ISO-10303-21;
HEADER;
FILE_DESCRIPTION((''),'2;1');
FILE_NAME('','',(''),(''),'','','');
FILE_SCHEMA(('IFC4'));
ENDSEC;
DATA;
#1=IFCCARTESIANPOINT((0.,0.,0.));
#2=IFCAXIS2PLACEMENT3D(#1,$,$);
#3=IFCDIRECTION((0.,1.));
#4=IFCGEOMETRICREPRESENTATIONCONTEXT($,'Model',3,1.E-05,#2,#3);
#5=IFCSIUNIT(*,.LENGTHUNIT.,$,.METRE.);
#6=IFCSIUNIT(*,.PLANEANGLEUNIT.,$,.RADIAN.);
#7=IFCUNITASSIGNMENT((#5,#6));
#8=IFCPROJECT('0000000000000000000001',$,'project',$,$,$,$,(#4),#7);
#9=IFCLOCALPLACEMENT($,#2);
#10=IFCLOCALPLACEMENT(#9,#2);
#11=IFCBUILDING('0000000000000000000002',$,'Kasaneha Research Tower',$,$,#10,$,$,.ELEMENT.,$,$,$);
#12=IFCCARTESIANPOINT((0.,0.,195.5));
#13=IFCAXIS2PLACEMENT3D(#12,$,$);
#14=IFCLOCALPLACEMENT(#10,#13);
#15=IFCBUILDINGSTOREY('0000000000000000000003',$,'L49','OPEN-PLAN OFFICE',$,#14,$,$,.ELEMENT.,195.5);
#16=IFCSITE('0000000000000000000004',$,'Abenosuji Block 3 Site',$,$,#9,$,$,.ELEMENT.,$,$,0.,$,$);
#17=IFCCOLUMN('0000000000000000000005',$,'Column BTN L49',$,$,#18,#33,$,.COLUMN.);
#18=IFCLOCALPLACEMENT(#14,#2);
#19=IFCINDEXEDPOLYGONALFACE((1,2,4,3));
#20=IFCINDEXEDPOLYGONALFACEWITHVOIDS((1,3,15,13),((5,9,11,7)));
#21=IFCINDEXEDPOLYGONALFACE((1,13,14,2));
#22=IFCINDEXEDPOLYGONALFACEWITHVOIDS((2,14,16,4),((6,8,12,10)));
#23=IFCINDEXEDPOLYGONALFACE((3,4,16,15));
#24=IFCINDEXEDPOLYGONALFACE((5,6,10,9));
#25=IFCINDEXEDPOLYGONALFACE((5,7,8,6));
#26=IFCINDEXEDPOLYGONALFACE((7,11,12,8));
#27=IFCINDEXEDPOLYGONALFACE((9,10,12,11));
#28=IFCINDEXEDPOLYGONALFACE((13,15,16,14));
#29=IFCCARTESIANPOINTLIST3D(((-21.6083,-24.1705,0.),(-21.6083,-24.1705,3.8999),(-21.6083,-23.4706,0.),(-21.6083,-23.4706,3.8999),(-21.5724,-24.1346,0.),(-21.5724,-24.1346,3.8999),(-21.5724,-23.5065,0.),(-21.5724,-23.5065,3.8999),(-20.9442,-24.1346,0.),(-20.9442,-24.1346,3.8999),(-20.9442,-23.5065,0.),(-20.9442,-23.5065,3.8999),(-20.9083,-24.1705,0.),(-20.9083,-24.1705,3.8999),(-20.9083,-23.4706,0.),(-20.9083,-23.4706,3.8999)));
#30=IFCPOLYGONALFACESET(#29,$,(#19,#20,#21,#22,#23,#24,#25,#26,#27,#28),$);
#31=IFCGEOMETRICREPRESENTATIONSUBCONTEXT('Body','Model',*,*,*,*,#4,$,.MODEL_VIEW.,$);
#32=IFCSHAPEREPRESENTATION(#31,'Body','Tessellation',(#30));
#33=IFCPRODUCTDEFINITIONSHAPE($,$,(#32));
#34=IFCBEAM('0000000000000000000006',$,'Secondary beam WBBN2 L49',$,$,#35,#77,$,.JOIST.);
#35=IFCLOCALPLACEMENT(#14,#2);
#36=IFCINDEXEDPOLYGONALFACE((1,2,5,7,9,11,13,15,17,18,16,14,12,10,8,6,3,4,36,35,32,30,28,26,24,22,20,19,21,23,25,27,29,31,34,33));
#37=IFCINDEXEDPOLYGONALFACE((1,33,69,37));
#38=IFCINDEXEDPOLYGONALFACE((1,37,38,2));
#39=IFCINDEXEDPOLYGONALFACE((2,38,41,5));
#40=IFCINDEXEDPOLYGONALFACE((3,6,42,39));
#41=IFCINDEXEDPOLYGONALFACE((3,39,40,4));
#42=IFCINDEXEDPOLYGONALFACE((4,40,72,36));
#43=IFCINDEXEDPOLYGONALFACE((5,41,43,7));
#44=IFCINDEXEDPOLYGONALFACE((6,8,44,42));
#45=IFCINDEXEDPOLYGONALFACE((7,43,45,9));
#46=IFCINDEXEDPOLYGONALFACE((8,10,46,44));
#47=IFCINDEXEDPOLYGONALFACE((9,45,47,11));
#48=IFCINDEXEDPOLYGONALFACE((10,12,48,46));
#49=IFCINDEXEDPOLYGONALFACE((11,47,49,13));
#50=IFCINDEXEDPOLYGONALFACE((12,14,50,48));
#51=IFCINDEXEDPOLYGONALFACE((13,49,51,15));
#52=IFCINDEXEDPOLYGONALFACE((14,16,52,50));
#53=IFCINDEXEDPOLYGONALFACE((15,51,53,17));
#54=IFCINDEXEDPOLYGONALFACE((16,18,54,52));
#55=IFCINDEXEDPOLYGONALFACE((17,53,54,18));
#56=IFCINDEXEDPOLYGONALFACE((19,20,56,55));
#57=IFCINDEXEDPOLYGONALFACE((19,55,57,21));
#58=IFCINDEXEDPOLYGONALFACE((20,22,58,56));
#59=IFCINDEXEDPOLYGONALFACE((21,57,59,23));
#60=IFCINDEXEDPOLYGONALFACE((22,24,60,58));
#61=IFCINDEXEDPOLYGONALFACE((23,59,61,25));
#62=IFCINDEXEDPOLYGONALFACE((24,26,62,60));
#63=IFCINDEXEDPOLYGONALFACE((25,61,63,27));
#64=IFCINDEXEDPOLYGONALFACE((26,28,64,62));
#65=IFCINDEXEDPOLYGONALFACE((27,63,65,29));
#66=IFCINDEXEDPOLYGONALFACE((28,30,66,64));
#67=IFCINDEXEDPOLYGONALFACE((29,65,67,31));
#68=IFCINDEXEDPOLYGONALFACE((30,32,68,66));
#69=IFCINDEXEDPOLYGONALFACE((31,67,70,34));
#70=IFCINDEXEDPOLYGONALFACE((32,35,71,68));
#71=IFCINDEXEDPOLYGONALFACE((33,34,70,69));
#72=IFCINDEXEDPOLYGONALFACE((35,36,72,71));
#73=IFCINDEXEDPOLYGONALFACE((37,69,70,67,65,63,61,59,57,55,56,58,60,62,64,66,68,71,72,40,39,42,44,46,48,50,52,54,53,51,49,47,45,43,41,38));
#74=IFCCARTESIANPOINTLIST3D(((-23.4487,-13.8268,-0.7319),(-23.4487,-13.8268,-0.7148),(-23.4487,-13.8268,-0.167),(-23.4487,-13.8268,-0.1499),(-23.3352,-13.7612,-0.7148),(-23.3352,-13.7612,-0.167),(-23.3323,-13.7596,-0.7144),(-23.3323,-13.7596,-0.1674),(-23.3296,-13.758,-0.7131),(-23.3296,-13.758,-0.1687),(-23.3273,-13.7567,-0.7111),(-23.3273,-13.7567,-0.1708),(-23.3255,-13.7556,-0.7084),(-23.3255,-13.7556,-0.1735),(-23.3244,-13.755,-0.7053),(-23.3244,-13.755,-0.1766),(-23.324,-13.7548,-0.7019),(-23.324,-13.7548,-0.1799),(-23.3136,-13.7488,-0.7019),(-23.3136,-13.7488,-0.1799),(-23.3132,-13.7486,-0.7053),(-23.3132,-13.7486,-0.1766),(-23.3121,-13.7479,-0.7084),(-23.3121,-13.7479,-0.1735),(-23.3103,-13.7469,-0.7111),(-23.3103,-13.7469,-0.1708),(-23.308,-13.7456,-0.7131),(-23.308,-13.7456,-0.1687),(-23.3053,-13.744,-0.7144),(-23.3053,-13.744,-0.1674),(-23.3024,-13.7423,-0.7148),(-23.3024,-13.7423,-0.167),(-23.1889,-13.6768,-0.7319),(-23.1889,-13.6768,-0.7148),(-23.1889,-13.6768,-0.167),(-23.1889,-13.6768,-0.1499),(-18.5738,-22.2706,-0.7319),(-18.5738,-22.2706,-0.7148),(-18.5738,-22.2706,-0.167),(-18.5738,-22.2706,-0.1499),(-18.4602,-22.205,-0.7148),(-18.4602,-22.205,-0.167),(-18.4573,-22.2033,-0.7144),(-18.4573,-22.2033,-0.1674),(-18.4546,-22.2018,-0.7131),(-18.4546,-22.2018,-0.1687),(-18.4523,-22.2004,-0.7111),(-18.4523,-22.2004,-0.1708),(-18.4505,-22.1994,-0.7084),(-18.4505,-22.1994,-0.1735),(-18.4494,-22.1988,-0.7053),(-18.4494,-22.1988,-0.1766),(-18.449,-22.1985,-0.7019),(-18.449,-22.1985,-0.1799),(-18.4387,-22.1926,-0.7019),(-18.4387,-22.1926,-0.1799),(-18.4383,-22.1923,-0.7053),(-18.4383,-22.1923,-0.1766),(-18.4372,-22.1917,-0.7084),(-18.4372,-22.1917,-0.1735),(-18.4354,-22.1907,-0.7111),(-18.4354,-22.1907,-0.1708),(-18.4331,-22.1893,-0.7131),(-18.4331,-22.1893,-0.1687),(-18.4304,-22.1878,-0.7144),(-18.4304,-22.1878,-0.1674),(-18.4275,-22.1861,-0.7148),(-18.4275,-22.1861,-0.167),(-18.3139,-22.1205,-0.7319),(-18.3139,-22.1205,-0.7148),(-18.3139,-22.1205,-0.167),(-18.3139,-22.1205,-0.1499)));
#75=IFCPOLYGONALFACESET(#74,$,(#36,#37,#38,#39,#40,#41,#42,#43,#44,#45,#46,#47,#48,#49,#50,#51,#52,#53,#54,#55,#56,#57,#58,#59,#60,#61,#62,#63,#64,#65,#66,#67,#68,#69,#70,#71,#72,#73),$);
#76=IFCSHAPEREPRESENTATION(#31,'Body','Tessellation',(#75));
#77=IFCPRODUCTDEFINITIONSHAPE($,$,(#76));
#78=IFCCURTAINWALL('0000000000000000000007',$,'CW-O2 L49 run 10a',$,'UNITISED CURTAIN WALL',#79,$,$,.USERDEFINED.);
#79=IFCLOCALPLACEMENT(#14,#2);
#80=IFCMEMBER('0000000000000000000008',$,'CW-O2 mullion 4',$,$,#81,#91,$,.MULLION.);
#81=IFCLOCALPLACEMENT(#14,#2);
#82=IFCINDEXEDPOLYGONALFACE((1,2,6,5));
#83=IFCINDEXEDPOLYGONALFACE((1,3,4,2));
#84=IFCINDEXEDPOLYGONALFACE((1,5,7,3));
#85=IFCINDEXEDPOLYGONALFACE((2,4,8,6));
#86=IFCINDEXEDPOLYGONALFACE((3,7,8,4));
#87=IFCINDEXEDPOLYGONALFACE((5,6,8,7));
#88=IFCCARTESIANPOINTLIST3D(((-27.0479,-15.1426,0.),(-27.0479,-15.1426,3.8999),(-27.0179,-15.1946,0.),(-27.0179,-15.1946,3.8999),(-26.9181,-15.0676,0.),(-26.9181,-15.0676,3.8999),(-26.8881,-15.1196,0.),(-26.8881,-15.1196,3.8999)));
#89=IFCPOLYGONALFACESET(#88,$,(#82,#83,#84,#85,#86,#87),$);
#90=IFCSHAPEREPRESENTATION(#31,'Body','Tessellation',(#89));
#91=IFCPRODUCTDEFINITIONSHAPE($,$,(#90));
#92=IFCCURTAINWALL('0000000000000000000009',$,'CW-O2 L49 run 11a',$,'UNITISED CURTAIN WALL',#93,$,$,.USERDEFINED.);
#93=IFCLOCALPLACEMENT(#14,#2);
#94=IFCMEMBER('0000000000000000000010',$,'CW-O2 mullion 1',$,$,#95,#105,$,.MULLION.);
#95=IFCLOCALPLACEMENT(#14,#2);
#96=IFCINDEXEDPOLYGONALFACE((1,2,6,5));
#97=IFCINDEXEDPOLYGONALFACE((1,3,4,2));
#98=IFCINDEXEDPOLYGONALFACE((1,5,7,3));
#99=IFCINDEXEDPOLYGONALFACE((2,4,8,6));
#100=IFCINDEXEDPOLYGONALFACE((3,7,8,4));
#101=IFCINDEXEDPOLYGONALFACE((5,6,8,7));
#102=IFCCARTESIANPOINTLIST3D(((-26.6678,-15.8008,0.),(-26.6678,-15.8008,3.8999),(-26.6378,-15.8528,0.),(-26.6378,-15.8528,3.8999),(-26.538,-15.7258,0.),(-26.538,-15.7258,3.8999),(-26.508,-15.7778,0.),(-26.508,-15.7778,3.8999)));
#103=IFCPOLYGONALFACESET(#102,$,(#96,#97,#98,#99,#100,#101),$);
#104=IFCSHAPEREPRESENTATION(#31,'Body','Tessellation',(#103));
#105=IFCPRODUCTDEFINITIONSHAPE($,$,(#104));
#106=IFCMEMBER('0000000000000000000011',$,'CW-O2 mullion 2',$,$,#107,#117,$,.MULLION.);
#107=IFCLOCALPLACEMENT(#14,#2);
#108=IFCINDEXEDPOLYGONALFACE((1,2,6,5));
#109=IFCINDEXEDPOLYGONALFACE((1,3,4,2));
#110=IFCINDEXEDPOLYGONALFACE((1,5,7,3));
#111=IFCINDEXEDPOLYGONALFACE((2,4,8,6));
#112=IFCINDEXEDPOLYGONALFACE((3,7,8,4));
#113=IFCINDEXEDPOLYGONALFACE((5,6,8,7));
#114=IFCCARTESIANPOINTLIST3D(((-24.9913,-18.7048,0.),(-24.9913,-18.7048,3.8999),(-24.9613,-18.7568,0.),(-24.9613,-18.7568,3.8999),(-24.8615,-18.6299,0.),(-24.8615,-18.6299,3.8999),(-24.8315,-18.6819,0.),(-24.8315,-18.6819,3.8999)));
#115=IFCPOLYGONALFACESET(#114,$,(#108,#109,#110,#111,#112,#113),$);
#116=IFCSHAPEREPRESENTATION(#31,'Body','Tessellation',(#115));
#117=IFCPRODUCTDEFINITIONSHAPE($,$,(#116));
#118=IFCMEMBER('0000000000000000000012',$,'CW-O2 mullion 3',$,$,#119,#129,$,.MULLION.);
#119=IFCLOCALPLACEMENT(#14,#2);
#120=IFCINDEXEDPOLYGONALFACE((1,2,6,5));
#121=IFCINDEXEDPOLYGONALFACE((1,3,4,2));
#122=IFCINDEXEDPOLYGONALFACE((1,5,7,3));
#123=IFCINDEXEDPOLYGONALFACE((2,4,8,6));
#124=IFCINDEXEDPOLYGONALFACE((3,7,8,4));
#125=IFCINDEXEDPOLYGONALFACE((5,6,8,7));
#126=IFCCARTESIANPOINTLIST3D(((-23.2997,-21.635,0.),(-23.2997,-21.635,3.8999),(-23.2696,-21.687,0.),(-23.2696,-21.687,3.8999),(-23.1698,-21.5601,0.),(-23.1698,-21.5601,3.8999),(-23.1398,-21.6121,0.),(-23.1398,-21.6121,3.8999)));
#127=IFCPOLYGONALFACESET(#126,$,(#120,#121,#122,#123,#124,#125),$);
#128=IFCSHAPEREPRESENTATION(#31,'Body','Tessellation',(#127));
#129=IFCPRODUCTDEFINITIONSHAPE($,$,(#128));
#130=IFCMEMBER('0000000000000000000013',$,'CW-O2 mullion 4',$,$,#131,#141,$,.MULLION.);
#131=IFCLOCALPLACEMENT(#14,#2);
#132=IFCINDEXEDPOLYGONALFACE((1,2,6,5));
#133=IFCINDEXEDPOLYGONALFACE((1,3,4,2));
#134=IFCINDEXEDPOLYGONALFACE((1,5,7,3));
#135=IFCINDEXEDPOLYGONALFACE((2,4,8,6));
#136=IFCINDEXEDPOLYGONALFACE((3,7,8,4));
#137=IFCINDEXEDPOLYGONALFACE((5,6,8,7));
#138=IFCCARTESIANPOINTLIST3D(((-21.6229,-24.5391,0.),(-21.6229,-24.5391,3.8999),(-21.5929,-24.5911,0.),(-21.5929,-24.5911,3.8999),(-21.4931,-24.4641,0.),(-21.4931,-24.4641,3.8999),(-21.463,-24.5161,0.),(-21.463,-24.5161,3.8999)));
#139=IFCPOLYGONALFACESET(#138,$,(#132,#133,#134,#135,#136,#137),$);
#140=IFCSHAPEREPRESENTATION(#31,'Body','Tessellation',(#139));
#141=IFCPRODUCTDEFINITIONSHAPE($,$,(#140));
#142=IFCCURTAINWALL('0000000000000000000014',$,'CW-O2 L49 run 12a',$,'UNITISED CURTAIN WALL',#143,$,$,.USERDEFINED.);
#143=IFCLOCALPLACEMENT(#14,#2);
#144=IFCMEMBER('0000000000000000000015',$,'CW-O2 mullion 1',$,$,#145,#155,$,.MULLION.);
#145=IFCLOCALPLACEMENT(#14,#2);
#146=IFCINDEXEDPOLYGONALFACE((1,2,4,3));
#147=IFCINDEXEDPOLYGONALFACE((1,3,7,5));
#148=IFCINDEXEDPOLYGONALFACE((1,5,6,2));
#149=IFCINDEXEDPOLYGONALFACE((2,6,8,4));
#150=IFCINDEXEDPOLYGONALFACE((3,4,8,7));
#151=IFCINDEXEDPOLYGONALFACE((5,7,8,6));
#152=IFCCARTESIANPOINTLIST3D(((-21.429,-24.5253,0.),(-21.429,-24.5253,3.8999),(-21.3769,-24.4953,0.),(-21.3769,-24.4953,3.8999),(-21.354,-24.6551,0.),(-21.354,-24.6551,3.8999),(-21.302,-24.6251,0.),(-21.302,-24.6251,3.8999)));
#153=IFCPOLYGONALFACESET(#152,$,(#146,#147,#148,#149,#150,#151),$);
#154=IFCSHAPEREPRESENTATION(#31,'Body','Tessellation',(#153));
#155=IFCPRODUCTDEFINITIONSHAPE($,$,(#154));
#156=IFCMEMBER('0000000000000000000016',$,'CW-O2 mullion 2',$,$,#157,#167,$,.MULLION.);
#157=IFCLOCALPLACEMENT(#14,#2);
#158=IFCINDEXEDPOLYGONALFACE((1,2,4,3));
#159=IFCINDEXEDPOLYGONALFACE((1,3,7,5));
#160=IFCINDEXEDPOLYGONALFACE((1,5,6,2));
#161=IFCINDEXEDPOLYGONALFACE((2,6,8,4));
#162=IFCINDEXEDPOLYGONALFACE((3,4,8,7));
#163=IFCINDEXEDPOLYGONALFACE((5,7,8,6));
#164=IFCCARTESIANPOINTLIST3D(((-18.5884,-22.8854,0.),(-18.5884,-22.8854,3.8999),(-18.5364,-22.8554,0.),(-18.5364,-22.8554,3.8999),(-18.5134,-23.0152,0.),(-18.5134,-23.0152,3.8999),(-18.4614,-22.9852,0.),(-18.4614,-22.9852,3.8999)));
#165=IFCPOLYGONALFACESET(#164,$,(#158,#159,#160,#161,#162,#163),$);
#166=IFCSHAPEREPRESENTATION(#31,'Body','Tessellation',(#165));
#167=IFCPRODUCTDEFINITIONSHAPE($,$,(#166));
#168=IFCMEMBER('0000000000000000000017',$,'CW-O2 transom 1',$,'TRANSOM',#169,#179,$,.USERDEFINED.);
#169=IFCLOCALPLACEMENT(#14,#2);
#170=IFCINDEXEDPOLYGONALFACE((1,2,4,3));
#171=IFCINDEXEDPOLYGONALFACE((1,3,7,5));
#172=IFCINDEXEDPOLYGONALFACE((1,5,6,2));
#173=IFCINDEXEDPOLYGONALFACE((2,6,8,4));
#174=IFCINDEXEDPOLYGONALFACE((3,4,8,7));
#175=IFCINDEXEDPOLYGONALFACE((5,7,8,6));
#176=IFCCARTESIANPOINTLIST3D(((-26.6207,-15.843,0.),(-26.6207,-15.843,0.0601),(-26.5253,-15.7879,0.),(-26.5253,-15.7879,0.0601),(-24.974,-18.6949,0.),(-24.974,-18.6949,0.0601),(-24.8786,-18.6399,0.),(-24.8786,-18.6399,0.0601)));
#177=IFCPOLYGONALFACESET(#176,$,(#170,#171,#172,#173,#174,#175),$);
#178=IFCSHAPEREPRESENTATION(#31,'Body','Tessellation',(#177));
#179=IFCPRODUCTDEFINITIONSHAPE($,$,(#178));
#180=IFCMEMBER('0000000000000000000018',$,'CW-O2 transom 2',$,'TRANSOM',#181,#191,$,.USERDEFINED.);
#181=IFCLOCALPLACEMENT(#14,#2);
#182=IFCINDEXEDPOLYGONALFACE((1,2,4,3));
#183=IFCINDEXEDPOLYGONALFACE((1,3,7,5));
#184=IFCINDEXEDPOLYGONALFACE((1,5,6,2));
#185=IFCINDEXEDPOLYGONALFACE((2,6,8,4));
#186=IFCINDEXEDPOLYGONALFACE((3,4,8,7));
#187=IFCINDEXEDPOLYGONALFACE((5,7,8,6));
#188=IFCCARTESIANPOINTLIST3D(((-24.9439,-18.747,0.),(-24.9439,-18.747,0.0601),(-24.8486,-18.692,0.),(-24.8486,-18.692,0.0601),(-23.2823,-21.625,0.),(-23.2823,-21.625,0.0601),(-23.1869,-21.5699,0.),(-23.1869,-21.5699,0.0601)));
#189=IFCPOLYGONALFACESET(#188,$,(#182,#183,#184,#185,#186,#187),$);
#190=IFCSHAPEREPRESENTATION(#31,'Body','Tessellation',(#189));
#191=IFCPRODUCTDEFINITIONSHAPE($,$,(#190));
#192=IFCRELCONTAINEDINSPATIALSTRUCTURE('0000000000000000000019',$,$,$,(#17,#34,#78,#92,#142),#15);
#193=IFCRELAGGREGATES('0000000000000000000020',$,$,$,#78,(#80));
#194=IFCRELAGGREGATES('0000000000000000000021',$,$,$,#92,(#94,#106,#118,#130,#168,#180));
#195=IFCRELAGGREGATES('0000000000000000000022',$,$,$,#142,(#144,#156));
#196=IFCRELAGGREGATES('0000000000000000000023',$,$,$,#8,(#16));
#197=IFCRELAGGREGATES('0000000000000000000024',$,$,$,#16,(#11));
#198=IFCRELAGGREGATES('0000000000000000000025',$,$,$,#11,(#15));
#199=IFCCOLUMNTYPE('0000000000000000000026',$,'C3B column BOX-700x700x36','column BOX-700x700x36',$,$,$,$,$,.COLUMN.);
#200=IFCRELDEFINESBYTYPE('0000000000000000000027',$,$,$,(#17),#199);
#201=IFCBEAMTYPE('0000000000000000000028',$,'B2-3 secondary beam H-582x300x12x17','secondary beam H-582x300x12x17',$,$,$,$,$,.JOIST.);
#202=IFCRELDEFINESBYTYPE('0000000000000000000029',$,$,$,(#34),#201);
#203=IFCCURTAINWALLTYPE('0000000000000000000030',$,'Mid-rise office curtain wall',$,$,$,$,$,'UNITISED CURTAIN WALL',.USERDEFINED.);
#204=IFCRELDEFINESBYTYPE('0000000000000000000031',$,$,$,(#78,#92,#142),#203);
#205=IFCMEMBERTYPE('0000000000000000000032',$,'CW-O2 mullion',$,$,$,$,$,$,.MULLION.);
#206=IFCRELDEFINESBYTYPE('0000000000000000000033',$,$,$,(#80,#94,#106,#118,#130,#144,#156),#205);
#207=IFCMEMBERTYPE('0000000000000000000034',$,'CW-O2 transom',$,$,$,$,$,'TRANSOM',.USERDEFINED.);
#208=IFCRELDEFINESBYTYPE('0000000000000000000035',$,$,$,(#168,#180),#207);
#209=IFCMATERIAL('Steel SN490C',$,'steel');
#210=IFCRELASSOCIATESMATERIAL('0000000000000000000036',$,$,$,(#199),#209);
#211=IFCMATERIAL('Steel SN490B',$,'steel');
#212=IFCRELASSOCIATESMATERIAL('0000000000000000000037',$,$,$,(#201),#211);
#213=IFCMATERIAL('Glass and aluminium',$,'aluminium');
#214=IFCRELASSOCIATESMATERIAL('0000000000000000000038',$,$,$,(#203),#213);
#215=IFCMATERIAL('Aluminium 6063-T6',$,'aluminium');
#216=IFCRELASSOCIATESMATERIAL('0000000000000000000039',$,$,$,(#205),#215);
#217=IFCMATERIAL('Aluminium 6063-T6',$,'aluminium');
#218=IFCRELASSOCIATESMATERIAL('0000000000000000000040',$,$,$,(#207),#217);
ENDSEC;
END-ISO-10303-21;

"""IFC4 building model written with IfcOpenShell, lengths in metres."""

from ifc_helpers import new_model, si_unit, direction, frame, origin, origin_2d, place, context, subcontext, project, spatial, rectangle, hollow_rectangle, i_section, extrude, material, material_profile, profile_set, type_object, element, aggregate, save


model = new_model("IFC4")

# Units and contexts
model_context = context("Model", 3, precision=1e-05, world=origin(), true_north=direction((0.0, 1.0)))
body_context = subcontext(model_context, "Body", "Model", "MODEL_VIEW")
ifc_project = project(units=[si_unit("LENGTHUNIT", "METRE"), si_unit("PLANEANGLEUNIT", "RADIAN")], contexts=[model_context])

# Site, building, storey
site_placement = place(None, origin())
site = spatial("IfcSite", under=ifc_project, at=site_placement, Name="Abenosuji Block 3 Site", CompositionType="ELEMENT", RefElevation=0.0)
building_placement = place(site_placement, origin())
building = spatial("IfcBuilding", under=site, at=building_placement, Name="Kasaneha Research Tower", CompositionType="ELEMENT")
storey_placement = place(building_placement, frame((0.0, 0.0, 195.5)))
storey = spatial("IfcBuildingStorey", under=building, at=storey_placement, Name="L49", Description="OPEN-PLAN OFFICE", CompositionType="ELEMENT", Elevation=195.5)

# Column
ifc_material_1 = material(Name="Steel SN490C", Category="steel")
ifc_material_profile_1 = material_profile(ifc_material_1, hollow_rectangle(XDim=0.7, YDim=0.7, WallThickness=0.0359, at=origin_2d()), Name="BOX-700x700x36")
ifc_profile_set_1 = profile_set([ifc_material_profile_1], Name="Steel SN490C")
column_type = type_object("IfcColumnType", Name="C3B column BOX-700x700x36", Description="column BOX-700x700x36", PredefinedType="COLUMN", material=ifc_profile_set_1)
column_placement = place(storey_placement, frame((-21.2583, -23.8206, 0.0), z_axis=(0.0, 0.0, 1.0), x_axis=(1.0, 0.0, 0.0)))
element("IfcColumn", 1, at=column_placement, inside=storey, type_object=column_type, Name="Column BTN L49", PredefinedType="COLUMN", context=body_context, shape_type="SweptSolid", body=[
    extrude(hollow_rectangle(XDim=0.7, YDim=0.7, WallThickness=0.0359, at=origin_2d()), origin(), (0.0, 0.0, 1.0), 3.8999),
])

# Beam
ifc_material_2 = material(Name="Steel SN490B", Category="steel")
ifc_material_profile_2 = material_profile(ifc_material_2, i_section(OverallWidth=0.3, OverallDepth=0.582, WebThickness=0.012, FlangeThickness=0.0171, FilletRadius=0.0129, at=origin_2d()), Name="H-582x300x12x17")
ifc_profile_set_2 = profile_set([ifc_material_profile_2], Name="Steel SN490B")
beam_type_1 = type_object("IfcBeamType", Name="B2-3 secondary beam H-582x300x12x17", Description="secondary beam H-582x300x12x17", PredefinedType="JOIST", material=ifc_profile_set_2)
beam_1_placement = place(storey_placement, frame((-18.4438, -22.1956, -0.4409), z_axis=(-0.499996, 0.866028, 0.0), x_axis=(-0.866028, -0.499996, 0.0)))
element("IfcBeam", 2, at=beam_1_placement, inside=storey, type_object=beam_type_1, Name="Secondary beam WBBN2 L49", PredefinedType="JOIST", context=body_context, shape_type="SweptSolid", body=[
    extrude(i_section(OverallWidth=0.3, OverallDepth=0.582, WebThickness=0.012, FlangeThickness=0.0171, FilletRadius=0.0129, at=origin_2d()), origin(), (0.0, 0.0, 1.0), 9.75),
])

# Curtain wall, member
ifc_material_3 = material(Name="Glass and aluminium", Category="aluminium")
curtain_wall_type = type_object("IfcCurtainWallType", Name="Mid-rise office curtain wall", ElementType="UNITISED CURTAIN WALL", PredefinedType="USERDEFINED", material=ifc_material_3)
curtain_wall_1_placement = place(storey_placement, origin())
curtain_wall_1 = element("IfcCurtainWall", 3, at=curtain_wall_1_placement, inside=storey, type_object=curtain_wall_type, Name="CW-O2 L49 run 10a", ObjectType="UNITISED CURTAIN WALL", PredefinedType="USERDEFINED")
ifc_material_4 = material(Name="Aluminium 6063-T6", Category="aluminium")
ifc_material_profile_3 = material_profile(ifc_material_4, rectangle(XDim=0.0601, YDim=0.1499, at=origin_2d()), Name="CW-O2 mullion 60x150")
ifc_profile_set_3 = profile_set([ifc_material_profile_3], Name="Aluminium 6063-T6")
member_type_1 = type_object("IfcMemberType", Name="CW-O2 mullion", PredefinedType="MULLION", material=ifc_profile_set_3)
member_1_placement = place(storey_placement, frame((-26.968, -15.1311, 0.0), z_axis=(0.0, 0.0, 1.0), x_axis=(0.5, -0.866025, 0.0)))
member_1 = element("IfcMember", 4, at=member_1_placement, type_object=member_type_1, Name="CW-O2 mullion 4", PredefinedType="MULLION", context=body_context, shape_type="SweptSolid", body=[
    extrude(rectangle(XDim=0.0601, YDim=0.1499, at=origin_2d()), origin(), (0.0, 0.0, 1.0), 3.8999),
])
aggregate(curtain_wall_1, [member_1])

# Curtain walls, members
curtain_wall_2_placement = place(storey_placement, origin())
curtain_wall_2 = element("IfcCurtainWall", 5, at=curtain_wall_2_placement, inside=storey, type_object=curtain_wall_type, Name="CW-O2 L49 run 11a", ObjectType="UNITISED CURTAIN WALL", PredefinedType="USERDEFINED")
member_2_placement = place(storey_placement, frame((-26.5879, -15.7893, 0.0), z_axis=(0.0, 0.0, 1.0), x_axis=(0.5, -0.866025, 0.0)))
member_2 = element("IfcMember", 6, at=member_2_placement, type_object=member_type_1, Name="CW-O2 mullion 1", PredefinedType="MULLION", context=body_context, shape_type="SweptSolid", body=[
    extrude(rectangle(XDim=0.0601, YDim=0.1499, at=origin_2d()), origin(), (0.0, 0.0, 1.0), 3.8999),
])
member_3_placement = place(storey_placement, frame((-24.9114, -18.6934, 0.0), z_axis=(0.0, 0.0, 1.0), x_axis=(0.5, -0.866025, 0.0)))
member_3 = element("IfcMember", 7, at=member_3_placement, type_object=member_type_1, Name="CW-O2 mullion 2", PredefinedType="MULLION", context=body_context, shape_type="SweptSolid", body=[
    extrude(rectangle(XDim=0.0601, YDim=0.1499, at=origin_2d()), origin(), (0.0, 0.0, 1.0), 3.8999),
])
member_4_placement = place(storey_placement, frame((-23.2197, -21.6235, 0.0), z_axis=(0.0, 0.0, 1.0), x_axis=(0.5, -0.866025, 0.0)))
member_4 = element("IfcMember", 8, at=member_4_placement, type_object=member_type_1, Name="CW-O2 mullion 3", PredefinedType="MULLION", context=body_context, shape_type="SweptSolid", body=[
    extrude(rectangle(XDim=0.0601, YDim=0.1499, at=origin_2d()), origin(), (0.0, 0.0, 1.0), 3.8999),
])
member_5_placement = place(storey_placement, frame((-21.543, -24.5276, 0.0), z_axis=(0.0, 0.0, 1.0), x_axis=(0.5, -0.866025, 0.0)))
member_5 = element("IfcMember", 9, at=member_5_placement, type_object=member_type_1, Name="CW-O2 mullion 4", PredefinedType="MULLION", context=body_context, shape_type="SweptSolid", body=[
    extrude(rectangle(XDim=0.0601, YDim=0.1499, at=origin_2d()), origin(), (0.0, 0.0, 1.0), 3.8999),
])
curtain_wall_3_placement = place(storey_placement, origin())
curtain_wall_3 = element("IfcCurtainWall", 10, at=curtain_wall_3_placement, inside=storey, type_object=curtain_wall_type, Name="CW-O2 L49 run 12a", ObjectType="UNITISED CURTAIN WALL", PredefinedType="USERDEFINED")
member_6_placement = place(storey_placement, frame((-21.3655, -24.5752, 0.0), z_axis=(0.0, 0.0, 1.0), x_axis=(0.866025, 0.5, 0.0)))
member_6 = element("IfcMember", 11, at=member_6_placement, type_object=member_type_1, Name="CW-O2 mullion 1", PredefinedType="MULLION", context=body_context, shape_type="SweptSolid", body=[
    extrude(rectangle(XDim=0.0601, YDim=0.1499, at=origin_2d()), origin(), (0.0, 0.0, 1.0), 3.8999),
])
member_7_placement = place(storey_placement, frame((-18.5249, -22.9353, 0.0), z_axis=(0.0, 0.0, 1.0), x_axis=(0.866025, 0.5, 0.0)))
member_7 = element("IfcMember", 12, at=member_7_placement, type_object=member_type_1, Name="CW-O2 mullion 2", PredefinedType="MULLION", context=body_context, shape_type="SweptSolid", body=[
    extrude(rectangle(XDim=0.0601, YDim=0.1499, at=origin_2d()), origin(), (0.0, 0.0, 1.0), 3.8999),
])

# Members
ifc_material_5 = material(Name="Aluminium 6063-T6", Category="aluminium")
ifc_material_profile_4 = material_profile(ifc_material_5, rectangle(XDim=0.1101, YDim=0.0601, at=origin_2d()), Name="CW-O2 transom 110x60")
ifc_profile_set_4 = profile_set([ifc_material_profile_4], Name="Aluminium 6063-T6")
member_type_2 = type_object("IfcMemberType", Name="CW-O2 transom", ElementType="TRANSOM", PredefinedType="USERDEFINED", material=ifc_profile_set_4)
member_8_placement = place(storey_placement, frame((-26.573, -15.8154, 0.03), z_axis=(0.500022, -0.866013, 0.0), x_axis=(0.866013, 0.500022, 0.0)))
member_8 = element("IfcMember", 13, at=member_8_placement, type_object=member_type_2, Name="CW-O2 transom 1", ObjectType="TRANSOM", PredefinedType="USERDEFINED", context=body_context, shape_type="SweptSolid", body=[
    extrude(rectangle(XDim=0.1101, YDim=0.0601, at=origin_2d()), origin(), (0.0, 0.0, 1.0), 3.2932),
])
member_9_placement = place(storey_placement, frame((-24.8962, -18.7195, 0.03), z_axis=(0.500011, -0.866019, 0.0), x_axis=(0.866019, 0.500011, 0.0)))
member_9 = element("IfcMember", 14, at=member_9_placement, type_object=member_type_2, Name="CW-O2 transom 2", ObjectType="TRANSOM", PredefinedType="USERDEFINED", context=body_context, shape_type="SweptSolid", body=[
    extrude(rectangle(XDim=0.1101, YDim=0.0601, at=origin_2d()), origin(), (0.0, 0.0, 1.0), 3.3232),
])

aggregate(curtain_wall_2, [member_2, member_3, member_4, member_5, member_8, member_9])
aggregate(curtain_wall_3, [member_6, member_7])

save(model, "model.ifc")
